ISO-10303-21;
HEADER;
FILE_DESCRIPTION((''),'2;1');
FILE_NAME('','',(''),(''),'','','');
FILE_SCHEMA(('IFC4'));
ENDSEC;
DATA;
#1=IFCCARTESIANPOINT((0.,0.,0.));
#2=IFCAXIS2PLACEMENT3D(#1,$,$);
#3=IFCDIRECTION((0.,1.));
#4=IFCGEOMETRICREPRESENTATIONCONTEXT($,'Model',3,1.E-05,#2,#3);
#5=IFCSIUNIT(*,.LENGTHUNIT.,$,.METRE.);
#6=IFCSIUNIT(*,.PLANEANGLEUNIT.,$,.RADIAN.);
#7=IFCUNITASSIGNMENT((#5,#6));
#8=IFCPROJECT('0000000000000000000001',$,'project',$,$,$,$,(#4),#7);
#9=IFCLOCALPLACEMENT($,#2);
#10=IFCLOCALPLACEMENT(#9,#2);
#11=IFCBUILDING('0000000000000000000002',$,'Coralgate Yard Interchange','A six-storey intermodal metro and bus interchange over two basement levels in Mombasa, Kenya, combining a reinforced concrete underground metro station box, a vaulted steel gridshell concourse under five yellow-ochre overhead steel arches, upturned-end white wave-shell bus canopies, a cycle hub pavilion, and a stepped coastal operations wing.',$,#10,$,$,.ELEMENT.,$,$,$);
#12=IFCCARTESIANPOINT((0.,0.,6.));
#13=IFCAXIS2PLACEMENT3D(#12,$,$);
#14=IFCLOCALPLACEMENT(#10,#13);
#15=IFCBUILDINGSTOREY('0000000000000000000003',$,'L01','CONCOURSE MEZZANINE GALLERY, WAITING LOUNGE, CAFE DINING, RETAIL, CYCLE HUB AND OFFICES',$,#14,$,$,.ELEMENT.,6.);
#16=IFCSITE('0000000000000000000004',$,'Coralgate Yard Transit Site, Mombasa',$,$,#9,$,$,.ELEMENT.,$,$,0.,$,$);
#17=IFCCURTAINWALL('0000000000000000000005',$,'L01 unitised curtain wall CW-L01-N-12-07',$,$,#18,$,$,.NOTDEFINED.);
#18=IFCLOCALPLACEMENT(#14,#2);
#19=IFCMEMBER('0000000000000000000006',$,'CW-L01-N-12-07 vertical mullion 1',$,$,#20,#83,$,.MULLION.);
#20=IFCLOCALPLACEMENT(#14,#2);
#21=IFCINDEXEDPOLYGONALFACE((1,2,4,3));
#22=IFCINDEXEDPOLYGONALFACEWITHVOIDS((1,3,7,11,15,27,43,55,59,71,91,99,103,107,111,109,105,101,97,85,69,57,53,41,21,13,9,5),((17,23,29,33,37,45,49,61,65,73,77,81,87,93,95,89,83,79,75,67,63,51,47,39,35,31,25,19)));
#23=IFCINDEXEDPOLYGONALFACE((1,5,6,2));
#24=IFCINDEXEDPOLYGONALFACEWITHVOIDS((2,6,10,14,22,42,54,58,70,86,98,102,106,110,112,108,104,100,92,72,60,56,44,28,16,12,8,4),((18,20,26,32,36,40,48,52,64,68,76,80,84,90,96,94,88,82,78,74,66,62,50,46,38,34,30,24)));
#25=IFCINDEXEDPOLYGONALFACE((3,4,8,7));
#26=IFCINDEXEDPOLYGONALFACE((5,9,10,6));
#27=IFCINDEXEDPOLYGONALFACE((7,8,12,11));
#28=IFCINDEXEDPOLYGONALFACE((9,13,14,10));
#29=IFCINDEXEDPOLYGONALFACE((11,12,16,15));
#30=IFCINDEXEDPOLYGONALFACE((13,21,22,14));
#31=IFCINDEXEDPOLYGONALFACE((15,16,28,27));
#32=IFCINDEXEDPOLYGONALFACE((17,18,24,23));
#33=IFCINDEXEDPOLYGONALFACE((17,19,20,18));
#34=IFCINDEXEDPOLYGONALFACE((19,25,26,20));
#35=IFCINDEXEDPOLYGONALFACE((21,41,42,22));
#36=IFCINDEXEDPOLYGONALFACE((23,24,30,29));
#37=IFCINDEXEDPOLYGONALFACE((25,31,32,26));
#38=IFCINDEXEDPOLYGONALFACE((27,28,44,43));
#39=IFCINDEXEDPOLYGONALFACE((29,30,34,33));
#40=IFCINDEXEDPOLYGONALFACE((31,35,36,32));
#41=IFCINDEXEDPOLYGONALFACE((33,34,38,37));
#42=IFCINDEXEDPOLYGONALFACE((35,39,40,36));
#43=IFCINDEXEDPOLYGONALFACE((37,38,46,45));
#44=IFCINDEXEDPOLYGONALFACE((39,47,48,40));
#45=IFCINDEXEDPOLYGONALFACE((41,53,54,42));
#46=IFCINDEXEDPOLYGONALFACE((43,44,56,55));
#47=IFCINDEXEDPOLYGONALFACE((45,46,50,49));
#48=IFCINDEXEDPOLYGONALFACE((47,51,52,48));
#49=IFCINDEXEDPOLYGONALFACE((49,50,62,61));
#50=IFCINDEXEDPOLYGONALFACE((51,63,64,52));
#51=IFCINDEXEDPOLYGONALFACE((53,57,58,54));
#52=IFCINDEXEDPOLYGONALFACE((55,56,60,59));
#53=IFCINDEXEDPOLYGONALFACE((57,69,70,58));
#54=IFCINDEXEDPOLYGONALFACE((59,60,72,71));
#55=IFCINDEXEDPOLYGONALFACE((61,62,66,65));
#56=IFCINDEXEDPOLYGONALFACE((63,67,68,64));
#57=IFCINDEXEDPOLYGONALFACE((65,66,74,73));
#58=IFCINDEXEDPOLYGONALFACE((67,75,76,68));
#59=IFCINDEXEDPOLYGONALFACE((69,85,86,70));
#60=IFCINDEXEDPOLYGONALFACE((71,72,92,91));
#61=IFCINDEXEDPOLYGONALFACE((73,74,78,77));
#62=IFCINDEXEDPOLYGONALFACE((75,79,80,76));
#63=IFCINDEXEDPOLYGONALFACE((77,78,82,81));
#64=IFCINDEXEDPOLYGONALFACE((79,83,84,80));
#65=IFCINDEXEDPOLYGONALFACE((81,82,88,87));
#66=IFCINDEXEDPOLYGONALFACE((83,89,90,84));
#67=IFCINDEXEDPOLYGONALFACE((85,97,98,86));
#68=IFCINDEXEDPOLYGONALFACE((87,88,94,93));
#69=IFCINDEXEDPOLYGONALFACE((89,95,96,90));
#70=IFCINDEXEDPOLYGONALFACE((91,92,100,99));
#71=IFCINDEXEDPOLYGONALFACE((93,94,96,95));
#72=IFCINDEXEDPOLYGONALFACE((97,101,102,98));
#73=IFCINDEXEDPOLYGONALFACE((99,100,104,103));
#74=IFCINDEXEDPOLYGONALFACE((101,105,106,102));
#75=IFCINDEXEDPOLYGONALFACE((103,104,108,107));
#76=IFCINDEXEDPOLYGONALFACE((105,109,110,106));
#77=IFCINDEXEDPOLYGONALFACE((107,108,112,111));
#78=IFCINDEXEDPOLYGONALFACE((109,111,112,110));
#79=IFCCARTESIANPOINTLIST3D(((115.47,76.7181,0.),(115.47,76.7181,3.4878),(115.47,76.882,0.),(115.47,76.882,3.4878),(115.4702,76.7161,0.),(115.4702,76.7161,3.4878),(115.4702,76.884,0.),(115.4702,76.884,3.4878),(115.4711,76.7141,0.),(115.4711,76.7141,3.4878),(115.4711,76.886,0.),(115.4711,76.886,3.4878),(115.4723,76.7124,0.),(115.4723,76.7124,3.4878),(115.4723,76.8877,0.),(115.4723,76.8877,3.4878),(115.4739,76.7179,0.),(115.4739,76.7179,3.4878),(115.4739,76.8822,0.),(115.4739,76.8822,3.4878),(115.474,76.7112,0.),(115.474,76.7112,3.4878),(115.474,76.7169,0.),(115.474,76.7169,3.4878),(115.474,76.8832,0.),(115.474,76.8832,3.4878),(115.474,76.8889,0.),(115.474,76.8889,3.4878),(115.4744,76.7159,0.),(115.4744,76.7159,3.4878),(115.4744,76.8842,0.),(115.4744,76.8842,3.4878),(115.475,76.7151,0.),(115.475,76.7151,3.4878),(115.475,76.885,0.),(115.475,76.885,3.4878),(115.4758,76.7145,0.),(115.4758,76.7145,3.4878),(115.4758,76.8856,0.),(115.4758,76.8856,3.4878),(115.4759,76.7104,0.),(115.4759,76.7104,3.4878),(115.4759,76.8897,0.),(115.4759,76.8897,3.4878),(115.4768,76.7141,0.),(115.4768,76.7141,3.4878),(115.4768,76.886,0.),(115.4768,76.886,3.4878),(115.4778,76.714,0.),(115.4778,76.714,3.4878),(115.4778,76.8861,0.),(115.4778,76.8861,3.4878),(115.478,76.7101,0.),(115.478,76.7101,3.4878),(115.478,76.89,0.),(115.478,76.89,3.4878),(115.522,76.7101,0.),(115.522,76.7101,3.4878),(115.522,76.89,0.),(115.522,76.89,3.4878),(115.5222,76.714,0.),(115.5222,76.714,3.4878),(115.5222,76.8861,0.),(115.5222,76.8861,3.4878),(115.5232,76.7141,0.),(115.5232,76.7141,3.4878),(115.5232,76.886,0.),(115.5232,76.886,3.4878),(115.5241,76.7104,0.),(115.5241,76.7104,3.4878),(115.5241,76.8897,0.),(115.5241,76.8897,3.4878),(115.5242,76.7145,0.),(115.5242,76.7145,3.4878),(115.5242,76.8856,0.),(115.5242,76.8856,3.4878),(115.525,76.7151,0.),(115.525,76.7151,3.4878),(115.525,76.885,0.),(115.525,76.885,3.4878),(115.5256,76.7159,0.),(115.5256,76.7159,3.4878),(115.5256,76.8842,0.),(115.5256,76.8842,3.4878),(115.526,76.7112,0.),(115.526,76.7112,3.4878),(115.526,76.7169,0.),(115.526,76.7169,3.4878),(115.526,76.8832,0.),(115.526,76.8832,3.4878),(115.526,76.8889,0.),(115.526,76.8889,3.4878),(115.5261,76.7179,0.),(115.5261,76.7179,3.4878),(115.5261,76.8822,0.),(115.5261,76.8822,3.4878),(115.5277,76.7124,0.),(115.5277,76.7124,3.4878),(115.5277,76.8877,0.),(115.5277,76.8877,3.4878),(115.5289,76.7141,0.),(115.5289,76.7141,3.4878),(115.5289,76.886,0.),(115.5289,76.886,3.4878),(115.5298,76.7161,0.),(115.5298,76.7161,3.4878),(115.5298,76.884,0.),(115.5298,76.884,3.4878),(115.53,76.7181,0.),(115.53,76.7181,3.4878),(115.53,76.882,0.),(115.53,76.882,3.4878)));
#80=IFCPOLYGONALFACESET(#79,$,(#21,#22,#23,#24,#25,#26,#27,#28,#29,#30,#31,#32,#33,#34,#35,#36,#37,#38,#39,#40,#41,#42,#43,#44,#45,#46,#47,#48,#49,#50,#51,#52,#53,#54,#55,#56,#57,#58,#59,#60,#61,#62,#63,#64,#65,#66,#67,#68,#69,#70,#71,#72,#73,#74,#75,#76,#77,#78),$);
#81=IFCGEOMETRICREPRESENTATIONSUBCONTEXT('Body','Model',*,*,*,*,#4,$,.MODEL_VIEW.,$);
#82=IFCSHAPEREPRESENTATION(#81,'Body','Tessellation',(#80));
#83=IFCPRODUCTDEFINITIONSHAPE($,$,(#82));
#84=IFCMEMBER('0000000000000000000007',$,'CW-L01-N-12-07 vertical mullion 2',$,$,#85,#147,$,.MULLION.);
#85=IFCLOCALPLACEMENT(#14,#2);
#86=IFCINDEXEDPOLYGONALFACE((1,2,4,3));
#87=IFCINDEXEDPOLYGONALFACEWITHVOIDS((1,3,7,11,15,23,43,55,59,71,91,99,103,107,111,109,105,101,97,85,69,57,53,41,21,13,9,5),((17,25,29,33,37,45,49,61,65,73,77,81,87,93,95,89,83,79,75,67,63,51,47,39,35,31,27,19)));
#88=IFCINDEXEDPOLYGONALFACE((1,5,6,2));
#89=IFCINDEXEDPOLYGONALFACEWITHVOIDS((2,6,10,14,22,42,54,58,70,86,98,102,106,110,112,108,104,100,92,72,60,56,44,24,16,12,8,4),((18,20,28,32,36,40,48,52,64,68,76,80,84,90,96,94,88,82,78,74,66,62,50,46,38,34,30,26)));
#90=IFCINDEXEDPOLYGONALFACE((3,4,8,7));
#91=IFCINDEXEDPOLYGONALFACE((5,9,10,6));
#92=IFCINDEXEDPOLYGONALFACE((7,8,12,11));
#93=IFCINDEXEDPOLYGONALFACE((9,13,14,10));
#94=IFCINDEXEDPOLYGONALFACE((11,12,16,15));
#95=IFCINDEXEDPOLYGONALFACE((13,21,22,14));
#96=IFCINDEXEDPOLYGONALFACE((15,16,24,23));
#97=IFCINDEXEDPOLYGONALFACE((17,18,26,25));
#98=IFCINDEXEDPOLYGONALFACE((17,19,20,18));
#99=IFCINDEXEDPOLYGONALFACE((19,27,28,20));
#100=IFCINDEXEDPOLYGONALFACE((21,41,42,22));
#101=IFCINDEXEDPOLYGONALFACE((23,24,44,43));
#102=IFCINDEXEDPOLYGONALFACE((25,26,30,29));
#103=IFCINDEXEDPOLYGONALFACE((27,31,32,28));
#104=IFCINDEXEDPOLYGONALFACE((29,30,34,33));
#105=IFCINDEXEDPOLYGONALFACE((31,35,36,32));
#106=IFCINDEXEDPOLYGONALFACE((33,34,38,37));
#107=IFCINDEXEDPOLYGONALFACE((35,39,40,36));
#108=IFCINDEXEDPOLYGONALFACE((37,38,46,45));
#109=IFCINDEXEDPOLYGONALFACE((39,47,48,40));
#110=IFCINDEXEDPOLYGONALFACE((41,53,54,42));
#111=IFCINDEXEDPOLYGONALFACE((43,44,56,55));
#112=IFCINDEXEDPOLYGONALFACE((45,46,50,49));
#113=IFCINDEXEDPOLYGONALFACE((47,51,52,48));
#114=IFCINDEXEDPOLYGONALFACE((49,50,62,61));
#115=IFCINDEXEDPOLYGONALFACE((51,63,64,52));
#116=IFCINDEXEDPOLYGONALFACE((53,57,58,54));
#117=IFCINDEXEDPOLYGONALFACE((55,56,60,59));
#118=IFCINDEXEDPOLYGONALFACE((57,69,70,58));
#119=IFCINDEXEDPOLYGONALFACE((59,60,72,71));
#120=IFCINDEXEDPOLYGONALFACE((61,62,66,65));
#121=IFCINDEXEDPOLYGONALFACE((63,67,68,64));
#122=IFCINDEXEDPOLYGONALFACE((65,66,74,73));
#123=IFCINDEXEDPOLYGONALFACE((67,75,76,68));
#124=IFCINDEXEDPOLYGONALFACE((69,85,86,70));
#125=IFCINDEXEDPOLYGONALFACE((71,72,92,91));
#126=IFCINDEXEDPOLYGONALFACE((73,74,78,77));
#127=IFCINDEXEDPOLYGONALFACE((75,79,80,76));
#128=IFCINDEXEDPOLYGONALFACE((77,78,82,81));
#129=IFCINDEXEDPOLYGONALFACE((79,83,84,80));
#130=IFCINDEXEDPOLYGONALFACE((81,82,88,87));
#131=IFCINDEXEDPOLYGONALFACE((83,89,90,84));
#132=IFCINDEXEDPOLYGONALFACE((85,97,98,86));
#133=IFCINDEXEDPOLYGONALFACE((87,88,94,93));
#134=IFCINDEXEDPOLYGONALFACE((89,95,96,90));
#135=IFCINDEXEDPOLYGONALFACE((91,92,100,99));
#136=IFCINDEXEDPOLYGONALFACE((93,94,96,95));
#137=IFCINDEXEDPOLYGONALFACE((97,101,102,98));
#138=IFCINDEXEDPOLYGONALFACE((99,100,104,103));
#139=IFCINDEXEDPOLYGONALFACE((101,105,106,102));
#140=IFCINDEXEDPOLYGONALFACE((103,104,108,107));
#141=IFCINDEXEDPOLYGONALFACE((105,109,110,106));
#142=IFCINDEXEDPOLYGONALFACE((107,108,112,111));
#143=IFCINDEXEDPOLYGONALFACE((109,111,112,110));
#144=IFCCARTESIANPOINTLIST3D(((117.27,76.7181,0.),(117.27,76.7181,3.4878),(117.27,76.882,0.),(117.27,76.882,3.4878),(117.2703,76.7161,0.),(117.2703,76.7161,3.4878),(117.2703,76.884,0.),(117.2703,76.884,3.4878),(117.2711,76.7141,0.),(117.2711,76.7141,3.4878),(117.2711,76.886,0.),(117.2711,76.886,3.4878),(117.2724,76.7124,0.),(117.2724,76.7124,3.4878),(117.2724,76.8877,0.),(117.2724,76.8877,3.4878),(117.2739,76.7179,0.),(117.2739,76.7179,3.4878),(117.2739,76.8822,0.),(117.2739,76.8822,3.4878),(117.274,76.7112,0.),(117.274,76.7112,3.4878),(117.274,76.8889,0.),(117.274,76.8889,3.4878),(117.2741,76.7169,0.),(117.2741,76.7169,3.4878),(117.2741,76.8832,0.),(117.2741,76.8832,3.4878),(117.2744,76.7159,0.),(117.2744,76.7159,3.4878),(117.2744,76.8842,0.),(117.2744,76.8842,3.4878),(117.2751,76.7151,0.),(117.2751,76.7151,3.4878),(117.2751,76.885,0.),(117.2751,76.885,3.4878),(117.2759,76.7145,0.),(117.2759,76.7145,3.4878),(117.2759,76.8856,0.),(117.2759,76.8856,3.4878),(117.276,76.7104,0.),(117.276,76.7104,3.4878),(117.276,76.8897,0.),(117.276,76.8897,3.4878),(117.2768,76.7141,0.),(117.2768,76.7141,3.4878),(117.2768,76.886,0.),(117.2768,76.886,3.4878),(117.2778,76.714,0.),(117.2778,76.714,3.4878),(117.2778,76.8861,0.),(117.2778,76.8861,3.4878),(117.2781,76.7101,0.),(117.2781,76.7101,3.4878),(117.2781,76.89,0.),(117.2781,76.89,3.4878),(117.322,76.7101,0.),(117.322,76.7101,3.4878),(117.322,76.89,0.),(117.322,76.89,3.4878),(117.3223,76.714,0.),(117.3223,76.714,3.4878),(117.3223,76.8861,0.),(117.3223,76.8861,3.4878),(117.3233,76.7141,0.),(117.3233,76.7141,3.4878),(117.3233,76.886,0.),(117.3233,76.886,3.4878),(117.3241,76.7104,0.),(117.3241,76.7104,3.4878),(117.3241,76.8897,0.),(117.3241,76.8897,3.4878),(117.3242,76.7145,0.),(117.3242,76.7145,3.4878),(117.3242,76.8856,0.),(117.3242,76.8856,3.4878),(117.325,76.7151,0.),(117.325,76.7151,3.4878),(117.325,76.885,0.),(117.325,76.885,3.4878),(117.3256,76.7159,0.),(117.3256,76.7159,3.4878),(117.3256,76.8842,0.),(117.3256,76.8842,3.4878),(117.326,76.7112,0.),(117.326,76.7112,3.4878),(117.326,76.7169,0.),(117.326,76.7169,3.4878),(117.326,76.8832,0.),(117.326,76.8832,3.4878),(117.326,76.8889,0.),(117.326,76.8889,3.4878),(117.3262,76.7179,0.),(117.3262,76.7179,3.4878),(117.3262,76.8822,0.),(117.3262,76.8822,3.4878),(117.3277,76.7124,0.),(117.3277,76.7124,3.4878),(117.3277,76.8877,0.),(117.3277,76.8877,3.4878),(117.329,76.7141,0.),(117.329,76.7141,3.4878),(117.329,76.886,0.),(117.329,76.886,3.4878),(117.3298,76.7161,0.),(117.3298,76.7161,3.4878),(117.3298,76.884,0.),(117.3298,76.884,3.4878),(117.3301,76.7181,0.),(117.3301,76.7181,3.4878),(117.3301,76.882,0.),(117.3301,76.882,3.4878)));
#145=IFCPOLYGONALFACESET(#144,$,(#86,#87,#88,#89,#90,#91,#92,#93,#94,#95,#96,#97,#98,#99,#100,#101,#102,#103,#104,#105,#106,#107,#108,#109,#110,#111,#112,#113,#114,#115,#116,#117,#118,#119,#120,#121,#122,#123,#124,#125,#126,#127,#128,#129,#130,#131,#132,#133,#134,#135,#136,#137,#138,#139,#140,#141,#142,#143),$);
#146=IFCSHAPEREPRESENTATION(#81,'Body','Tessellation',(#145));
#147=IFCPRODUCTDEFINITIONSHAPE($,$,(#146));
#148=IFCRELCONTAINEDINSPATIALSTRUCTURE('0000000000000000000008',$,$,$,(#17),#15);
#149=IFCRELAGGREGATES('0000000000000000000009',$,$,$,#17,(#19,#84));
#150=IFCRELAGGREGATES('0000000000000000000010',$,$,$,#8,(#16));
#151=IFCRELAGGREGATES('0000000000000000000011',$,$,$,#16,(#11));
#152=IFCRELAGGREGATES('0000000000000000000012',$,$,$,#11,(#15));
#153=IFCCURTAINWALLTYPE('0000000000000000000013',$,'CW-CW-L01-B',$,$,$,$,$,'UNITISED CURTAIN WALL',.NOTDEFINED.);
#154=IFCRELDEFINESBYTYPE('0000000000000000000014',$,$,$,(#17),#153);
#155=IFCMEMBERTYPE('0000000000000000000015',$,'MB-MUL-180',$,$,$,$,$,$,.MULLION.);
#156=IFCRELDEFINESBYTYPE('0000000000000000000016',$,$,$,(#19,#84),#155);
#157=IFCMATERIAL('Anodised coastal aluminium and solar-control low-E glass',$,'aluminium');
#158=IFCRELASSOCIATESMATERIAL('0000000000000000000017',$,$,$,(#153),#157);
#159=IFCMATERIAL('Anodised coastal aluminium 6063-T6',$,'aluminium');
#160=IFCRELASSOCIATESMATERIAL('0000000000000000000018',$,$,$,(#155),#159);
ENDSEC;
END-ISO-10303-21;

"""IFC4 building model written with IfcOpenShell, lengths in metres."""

from ifc_helpers import new_model, si_unit, direction, frame, origin, origin_2d, place, context, subcontext, project, spatial, hollow_rectangle, extrude, material, material_profile, profile_set, type_object, element, aggregate, save


model = new_model("IFC4")

# Units and contexts
model_context = context("Model", 3, precision=1e-05, world=origin(), true_north=direction((0.0, 1.0)))
body_context = subcontext(model_context, "Body", "Model", "MODEL_VIEW")
ifc_project = project(units=[si_unit("LENGTHUNIT", "METRE"), si_unit("PLANEANGLEUNIT", "RADIAN")], contexts=[model_context])

# Site, building, storey
site_placement = place(None, origin())
site = spatial("IfcSite", under=ifc_project, at=site_placement, Name="Coralgate Yard Transit Site, Mombasa", CompositionType="ELEMENT", RefElevation=0.0)
building_placement = place(site_placement, origin())
building = spatial("IfcBuilding", under=site, at=building_placement, Name="Coralgate Yard Interchange", Description="A six-storey intermodal metro and bus interchange over two basement levels in Mombasa, Kenya, combining a reinforced concrete underground metro station box, a vaulted steel gridshell concourse under five yellow-ochre overhead steel arches, upturned-end white wave-shell bus canopies, a cycle hub pavilion, and a stepped coastal operations wing.", CompositionType="ELEMENT")
storey_placement = place(building_placement, frame((0.0, 0.0, 6.0)))
storey = spatial("IfcBuildingStorey", under=building, at=storey_placement, Name="L01", Description="CONCOURSE MEZZANINE GALLERY, WAITING LOUNGE, CAFE DINING, RETAIL, CYCLE HUB AND OFFICES", CompositionType="ELEMENT", Elevation=6.0)

# Shared definitions
ifc_material_1 = material(Name="Anodised coastal aluminium and solar-control low-E glass", Category="aluminium")
curtain_wall_type = type_object("IfcCurtainWallType", Name="CW-CW-L01-B", ElementType="UNITISED CURTAIN WALL", PredefinedType="NOTDEFINED", material=ifc_material_1)
ifc_material_2 = material(Name="Anodised coastal aluminium 6063-T6", Category="aluminium")
ifc_material_profile_1 = material_profile(ifc_material_2, hollow_rectangle(XDim=0.0601, YDim=0.1799, WallThickness=0.0039, InnerFilletRadius=0.0039, OuterFilletRadius=0.0081, at=origin_2d()), Name="ALU 60x180x4")
ifc_profile_set_1 = profile_set([ifc_material_profile_1], Name="Anodised coastal aluminium 6063-T6")
member_type_1 = type_object("IfcMemberType", Name="MB-MUL-180", PredefinedType="MULLION", material=ifc_profile_set_1)

# Curtain wall, members
curtain_wall_1_placement = place(storey_placement, origin())
curtain_wall_1 = element("IfcCurtainWall", 1, at=curtain_wall_1_placement, inside=storey, type_object=curtain_wall_type, Name="L01 unitised curtain wall CW-L01-N-12-07", PredefinedType="NOTDEFINED")
member_1_placement = place(storey_placement, frame((115.5, 76.8, 0.0), z_axis=(0.0, 0.0, 1.0), x_axis=(1.0, 0.0, 0.0)))
member_1 = element("IfcMember", 2, at=member_1_placement, type_object=member_type_1, Name="CW-L01-N-12-07 vertical mullion 1", PredefinedType="MULLION", context=body_context, shape_type="SweptSolid", body=[
    extrude(hollow_rectangle(XDim=0.0601, YDim=0.1799, WallThickness=0.0039, InnerFilletRadius=0.0039, OuterFilletRadius=0.0081, at=origin_2d()), origin(), (0.0, 0.0, 1.0), 3.4878),
])
member_2_placement = place(storey_placement, frame((117.3, 76.8, 0.0), z_axis=(0.0, 0.0, 1.0), x_axis=(1.0, 0.0, 0.0)))
member_2 = element("IfcMember", 3, at=member_2_placement, type_object=member_type_1, Name="CW-L01-N-12-07 vertical mullion 2", PredefinedType="MULLION", context=body_context, shape_type="SweptSolid", body=[
    extrude(hollow_rectangle(XDim=0.0601, YDim=0.1799, WallThickness=0.0039, InnerFilletRadius=0.0039, OuterFilletRadius=0.0081, at=origin_2d()), origin(), (0.0, 0.0, 1.0), 3.4878),
])
aggregate(curtain_wall_1, [member_1, member_2])

save(model, "model.ifc")
